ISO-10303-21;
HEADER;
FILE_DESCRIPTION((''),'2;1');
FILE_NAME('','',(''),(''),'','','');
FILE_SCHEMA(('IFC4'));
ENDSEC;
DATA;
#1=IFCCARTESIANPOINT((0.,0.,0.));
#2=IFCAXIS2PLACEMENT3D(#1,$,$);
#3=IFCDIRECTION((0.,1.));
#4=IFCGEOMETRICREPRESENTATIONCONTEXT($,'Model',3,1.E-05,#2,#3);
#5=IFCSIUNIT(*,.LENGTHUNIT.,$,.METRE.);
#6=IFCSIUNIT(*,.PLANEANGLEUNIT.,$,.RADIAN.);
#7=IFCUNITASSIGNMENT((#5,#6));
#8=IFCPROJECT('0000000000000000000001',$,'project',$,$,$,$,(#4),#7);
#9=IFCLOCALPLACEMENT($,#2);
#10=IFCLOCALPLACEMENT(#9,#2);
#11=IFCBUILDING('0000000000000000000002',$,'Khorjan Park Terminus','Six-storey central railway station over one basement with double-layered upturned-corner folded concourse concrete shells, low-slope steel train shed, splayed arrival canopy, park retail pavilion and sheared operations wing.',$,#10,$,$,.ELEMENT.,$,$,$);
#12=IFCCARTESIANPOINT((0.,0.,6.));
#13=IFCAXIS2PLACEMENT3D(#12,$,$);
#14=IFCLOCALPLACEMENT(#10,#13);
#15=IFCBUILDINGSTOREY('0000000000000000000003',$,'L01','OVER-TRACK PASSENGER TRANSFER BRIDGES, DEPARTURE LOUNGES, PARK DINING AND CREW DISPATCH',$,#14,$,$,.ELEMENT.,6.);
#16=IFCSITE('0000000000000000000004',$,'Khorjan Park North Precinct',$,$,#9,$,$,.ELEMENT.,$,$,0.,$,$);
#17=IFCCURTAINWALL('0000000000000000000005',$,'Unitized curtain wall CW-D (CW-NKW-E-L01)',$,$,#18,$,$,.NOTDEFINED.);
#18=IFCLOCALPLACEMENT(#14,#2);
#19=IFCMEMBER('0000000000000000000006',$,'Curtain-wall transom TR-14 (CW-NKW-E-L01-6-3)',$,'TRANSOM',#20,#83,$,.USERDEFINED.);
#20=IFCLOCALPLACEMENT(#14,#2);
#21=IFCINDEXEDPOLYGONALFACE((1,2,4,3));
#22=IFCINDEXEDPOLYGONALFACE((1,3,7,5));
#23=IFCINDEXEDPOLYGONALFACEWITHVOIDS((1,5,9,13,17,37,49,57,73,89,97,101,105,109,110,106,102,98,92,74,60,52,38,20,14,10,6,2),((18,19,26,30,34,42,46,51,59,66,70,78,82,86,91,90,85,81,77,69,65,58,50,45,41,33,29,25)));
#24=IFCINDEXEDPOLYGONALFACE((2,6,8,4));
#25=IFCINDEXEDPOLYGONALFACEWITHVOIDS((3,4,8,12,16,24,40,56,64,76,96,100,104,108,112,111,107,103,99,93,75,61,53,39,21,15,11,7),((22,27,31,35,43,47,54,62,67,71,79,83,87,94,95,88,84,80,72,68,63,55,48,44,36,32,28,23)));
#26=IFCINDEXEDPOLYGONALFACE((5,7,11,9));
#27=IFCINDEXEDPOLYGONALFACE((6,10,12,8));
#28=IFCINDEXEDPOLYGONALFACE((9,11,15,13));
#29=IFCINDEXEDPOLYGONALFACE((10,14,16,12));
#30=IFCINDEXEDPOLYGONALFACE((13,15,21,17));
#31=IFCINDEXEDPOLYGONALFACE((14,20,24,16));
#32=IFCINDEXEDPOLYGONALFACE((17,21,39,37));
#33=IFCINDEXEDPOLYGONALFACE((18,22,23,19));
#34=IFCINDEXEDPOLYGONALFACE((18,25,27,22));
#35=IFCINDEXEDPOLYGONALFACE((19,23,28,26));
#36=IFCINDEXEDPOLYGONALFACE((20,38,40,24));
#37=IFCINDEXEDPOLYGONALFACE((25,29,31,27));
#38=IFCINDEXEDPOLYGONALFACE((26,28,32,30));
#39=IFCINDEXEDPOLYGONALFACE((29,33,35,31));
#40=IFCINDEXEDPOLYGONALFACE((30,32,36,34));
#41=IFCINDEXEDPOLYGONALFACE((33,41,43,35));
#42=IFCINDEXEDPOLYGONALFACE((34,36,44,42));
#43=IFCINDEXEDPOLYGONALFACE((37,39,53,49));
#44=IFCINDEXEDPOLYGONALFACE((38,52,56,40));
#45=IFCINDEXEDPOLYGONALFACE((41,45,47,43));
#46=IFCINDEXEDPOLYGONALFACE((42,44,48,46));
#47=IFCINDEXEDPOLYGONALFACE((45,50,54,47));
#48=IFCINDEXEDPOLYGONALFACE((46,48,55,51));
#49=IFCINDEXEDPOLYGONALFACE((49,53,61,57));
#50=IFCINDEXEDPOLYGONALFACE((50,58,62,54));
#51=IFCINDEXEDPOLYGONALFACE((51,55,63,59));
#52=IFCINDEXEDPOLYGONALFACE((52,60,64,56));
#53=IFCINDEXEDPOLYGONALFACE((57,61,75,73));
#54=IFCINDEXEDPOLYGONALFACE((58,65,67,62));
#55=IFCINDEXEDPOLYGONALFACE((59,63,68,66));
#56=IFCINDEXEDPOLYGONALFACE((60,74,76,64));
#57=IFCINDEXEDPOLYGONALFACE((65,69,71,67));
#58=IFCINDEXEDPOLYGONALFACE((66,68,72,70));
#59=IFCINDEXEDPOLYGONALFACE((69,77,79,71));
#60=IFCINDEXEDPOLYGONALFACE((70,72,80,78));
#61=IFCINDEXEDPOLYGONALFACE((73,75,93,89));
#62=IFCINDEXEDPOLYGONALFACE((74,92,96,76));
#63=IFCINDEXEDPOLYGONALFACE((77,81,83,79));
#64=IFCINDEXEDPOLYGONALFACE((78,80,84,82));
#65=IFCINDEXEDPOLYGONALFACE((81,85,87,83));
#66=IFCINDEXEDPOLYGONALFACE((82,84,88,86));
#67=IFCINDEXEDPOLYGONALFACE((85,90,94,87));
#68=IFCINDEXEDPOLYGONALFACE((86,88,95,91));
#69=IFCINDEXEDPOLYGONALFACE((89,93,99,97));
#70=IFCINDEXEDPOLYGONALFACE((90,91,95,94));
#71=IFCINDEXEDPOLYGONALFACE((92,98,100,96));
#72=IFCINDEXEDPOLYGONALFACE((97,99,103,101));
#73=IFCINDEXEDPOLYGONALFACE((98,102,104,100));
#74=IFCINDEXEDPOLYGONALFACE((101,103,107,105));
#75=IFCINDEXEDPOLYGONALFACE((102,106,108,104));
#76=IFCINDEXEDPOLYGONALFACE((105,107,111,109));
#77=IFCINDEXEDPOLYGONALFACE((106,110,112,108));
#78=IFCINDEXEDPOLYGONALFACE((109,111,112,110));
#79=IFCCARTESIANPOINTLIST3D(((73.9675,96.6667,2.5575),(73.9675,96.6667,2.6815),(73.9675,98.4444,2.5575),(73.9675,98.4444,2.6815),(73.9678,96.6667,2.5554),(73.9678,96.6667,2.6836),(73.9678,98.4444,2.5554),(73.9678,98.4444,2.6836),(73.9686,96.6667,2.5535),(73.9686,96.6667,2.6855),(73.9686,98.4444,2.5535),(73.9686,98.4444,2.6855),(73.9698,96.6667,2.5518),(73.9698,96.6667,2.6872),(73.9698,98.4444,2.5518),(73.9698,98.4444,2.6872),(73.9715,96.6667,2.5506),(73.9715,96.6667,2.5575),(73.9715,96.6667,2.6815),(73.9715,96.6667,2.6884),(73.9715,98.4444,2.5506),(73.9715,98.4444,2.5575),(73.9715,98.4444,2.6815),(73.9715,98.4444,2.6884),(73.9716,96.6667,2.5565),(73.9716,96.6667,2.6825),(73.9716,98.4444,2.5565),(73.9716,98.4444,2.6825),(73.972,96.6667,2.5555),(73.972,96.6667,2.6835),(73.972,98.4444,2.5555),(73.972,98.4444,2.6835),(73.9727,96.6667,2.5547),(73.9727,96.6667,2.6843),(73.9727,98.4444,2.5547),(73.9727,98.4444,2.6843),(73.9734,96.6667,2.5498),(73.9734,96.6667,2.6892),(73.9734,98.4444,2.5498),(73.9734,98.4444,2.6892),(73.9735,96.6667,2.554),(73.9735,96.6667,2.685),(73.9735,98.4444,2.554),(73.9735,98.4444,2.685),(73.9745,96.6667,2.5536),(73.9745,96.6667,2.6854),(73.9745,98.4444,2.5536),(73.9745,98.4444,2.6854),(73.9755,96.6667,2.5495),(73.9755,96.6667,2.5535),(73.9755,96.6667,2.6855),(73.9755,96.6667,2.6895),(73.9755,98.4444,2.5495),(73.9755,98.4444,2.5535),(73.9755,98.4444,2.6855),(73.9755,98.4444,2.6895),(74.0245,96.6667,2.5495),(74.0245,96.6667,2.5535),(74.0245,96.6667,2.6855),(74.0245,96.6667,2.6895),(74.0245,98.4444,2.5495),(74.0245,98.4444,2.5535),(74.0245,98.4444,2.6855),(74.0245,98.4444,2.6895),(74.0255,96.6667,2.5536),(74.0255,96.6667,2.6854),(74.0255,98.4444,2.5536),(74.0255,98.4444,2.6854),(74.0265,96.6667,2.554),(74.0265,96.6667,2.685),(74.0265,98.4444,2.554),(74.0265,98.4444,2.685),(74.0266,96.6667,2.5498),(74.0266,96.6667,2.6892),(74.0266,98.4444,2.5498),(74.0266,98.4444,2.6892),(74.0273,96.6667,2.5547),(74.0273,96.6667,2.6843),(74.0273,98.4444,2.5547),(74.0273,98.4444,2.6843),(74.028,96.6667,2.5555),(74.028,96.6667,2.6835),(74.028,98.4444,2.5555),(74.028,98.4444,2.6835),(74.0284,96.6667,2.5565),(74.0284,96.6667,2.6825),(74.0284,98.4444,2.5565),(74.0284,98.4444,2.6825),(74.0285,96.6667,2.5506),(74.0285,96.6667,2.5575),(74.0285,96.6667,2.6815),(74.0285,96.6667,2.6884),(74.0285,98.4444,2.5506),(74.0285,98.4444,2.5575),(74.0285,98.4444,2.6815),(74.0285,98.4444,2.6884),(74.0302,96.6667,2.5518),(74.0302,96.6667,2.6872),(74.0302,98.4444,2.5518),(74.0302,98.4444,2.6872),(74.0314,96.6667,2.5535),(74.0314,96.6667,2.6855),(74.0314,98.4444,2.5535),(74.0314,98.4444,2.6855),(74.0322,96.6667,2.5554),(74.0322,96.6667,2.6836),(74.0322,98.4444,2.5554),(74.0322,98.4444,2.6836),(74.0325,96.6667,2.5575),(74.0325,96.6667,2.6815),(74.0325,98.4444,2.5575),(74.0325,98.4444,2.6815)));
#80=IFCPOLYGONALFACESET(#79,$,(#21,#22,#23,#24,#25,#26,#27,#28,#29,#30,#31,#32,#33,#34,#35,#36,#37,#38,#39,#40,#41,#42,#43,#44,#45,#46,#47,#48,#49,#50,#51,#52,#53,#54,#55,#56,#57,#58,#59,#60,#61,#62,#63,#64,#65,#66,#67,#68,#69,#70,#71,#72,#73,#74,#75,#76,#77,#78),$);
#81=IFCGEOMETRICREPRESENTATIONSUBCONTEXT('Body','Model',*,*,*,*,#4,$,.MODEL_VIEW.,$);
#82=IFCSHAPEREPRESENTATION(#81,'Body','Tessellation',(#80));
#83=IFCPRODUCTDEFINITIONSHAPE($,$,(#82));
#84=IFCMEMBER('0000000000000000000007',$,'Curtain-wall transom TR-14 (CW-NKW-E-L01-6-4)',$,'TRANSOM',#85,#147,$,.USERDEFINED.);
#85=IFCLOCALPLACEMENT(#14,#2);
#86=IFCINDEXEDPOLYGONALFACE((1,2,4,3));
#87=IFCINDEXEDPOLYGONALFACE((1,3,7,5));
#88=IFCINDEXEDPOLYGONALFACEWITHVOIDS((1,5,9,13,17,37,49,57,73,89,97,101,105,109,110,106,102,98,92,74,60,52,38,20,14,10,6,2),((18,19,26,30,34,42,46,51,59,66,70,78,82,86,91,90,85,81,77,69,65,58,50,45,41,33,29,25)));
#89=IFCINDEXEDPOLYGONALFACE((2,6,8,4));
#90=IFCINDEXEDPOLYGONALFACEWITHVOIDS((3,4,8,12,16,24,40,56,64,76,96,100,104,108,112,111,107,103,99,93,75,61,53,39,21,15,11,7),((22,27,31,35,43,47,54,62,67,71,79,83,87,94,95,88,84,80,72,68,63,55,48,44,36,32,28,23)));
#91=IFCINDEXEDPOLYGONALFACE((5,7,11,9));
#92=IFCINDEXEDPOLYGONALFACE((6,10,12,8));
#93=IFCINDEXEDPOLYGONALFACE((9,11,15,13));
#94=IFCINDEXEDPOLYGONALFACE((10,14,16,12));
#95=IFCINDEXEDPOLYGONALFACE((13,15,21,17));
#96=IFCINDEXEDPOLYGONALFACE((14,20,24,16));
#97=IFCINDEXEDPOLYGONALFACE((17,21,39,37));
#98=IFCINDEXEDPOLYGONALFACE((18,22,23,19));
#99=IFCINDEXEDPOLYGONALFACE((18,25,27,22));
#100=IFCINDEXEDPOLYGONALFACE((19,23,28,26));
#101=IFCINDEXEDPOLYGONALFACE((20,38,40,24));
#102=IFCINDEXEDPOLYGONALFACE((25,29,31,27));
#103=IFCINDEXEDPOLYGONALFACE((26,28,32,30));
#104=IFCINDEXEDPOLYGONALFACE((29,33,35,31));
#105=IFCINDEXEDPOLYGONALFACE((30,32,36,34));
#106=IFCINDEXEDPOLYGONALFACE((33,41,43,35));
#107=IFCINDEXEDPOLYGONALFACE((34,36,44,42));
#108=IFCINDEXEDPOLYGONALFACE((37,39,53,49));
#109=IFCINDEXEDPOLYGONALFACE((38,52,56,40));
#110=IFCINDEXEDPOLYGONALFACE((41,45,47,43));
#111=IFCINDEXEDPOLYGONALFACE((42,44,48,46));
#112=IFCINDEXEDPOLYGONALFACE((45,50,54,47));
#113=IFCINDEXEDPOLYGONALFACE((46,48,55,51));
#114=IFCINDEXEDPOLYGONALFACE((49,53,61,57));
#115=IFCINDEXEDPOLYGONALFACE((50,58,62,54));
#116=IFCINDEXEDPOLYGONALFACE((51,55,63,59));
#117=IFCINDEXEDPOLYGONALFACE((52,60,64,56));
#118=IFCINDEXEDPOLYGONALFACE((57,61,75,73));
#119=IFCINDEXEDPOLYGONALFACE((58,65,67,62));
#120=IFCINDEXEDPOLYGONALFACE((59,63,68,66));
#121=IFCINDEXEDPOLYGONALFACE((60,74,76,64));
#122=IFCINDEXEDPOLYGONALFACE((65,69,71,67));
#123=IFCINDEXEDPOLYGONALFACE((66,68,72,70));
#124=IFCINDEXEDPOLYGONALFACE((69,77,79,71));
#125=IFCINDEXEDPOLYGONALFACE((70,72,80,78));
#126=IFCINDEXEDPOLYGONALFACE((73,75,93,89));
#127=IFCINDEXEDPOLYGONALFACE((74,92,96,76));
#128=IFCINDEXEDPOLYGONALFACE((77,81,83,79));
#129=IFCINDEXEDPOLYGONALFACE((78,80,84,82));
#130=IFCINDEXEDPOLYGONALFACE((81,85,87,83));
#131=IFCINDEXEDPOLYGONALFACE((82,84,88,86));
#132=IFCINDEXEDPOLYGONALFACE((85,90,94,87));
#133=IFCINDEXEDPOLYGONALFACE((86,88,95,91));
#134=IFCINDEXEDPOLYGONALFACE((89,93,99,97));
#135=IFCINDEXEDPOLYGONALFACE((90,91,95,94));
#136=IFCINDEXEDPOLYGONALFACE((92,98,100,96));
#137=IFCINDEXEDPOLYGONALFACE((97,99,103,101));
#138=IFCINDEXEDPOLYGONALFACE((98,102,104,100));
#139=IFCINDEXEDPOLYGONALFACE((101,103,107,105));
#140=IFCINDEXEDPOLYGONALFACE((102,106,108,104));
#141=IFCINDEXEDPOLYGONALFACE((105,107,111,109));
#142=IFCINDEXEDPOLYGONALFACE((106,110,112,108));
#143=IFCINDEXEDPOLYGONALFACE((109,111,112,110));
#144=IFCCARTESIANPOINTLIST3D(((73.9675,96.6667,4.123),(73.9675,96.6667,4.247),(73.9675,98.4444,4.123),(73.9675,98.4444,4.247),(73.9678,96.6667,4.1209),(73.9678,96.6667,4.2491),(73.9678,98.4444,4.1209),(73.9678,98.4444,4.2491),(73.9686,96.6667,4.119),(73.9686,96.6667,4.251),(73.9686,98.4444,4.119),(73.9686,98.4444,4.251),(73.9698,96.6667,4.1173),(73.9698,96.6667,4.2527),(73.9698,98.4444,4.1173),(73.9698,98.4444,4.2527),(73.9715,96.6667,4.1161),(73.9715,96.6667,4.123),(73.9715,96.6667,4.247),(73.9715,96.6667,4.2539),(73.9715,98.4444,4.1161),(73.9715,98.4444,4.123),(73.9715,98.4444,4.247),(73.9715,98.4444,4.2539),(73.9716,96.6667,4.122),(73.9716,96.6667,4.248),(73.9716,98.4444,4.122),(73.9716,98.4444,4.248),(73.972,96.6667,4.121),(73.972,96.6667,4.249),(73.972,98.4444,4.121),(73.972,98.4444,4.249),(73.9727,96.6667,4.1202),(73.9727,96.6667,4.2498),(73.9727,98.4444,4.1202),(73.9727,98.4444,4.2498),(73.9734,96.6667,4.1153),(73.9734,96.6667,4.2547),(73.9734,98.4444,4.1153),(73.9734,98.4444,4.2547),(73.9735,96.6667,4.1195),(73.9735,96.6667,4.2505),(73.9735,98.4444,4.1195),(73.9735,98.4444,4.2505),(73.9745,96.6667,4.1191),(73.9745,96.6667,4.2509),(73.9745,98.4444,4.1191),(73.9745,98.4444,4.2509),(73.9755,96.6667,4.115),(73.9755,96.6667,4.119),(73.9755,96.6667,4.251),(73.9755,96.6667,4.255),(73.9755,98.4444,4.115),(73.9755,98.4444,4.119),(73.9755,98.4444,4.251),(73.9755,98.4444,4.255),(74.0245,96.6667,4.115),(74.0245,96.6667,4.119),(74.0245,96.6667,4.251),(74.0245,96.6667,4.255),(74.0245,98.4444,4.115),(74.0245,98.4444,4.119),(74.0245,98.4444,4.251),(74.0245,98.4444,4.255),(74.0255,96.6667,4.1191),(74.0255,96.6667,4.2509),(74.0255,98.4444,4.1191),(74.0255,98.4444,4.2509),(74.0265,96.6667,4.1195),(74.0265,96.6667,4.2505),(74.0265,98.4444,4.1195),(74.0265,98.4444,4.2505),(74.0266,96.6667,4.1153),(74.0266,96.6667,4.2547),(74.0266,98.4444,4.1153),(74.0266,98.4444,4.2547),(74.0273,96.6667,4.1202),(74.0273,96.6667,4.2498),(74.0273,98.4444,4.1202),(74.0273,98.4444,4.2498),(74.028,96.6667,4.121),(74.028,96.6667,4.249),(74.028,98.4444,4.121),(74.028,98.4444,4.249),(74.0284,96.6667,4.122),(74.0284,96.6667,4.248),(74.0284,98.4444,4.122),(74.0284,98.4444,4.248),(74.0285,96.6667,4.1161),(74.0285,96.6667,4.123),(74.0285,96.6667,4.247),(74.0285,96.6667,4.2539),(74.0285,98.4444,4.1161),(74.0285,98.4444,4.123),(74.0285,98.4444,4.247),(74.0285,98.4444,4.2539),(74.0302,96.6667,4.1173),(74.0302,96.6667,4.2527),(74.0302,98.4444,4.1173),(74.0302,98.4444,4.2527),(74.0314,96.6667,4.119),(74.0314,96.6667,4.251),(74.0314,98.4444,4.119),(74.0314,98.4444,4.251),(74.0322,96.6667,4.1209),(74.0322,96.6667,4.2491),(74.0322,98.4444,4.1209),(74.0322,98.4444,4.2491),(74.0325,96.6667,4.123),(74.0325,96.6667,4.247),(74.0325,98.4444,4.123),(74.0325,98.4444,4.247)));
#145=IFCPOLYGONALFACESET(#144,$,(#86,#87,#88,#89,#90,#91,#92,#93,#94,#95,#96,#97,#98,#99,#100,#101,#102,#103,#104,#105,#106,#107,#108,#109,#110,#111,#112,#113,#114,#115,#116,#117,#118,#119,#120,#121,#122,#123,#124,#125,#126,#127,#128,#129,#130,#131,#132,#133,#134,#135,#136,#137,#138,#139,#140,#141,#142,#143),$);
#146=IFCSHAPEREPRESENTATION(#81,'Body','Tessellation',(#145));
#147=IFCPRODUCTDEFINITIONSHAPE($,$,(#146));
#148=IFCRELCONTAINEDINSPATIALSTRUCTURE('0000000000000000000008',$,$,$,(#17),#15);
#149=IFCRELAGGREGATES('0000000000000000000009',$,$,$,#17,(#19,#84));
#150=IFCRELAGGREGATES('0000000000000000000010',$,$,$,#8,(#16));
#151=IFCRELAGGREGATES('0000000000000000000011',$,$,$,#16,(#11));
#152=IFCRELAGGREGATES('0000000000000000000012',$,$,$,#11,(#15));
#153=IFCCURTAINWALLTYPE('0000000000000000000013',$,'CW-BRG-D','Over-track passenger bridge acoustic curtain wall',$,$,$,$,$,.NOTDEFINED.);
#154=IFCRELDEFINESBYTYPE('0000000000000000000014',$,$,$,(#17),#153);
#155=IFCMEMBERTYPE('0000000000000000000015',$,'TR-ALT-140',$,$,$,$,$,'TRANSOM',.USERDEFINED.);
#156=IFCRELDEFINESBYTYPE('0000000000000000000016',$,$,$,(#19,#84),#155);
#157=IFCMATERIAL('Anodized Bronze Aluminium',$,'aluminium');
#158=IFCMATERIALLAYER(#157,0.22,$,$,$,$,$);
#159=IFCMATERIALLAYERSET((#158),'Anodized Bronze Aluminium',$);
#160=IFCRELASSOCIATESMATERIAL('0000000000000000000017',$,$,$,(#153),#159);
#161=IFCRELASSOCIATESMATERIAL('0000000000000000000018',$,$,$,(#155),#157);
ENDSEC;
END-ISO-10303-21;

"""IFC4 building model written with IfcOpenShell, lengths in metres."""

from ifc_helpers import new_model, si_unit, direction, frame, origin, origin_2d, place, context, subcontext, project, spatial, hollow_rectangle, extrude, material, layer, layer_set, material_profile, profile_set, type_object, element, aggregate, save


model = new_model("IFC4")

# Units and contexts
model_context = context("Model", 3, precision=1e-05, world=origin(), true_north=direction((0.0, 1.0)))
body_context = subcontext(model_context, "Body", "Model", "MODEL_VIEW")
ifc_project = project(units=[si_unit("LENGTHUNIT", "METRE"), si_unit("PLANEANGLEUNIT", "RADIAN")], contexts=[model_context])

# Site, building, storey
site_placement = place(None, origin())
site = spatial("IfcSite", under=ifc_project, at=site_placement, Name="Khorjan Park North Precinct", CompositionType="ELEMENT", RefElevation=0.0)
building_placement = place(site_placement, origin())
building = spatial("IfcBuilding", under=site, at=building_placement, Name="Khorjan Park Terminus", Description="Six-storey central railway station over one basement with double-layered upturned-corner folded concourse concrete shells, low-slope steel train shed, splayed arrival canopy, park retail pavilion and sheared operations wing.", CompositionType="ELEMENT")
storey_placement = place(building_placement, frame((0.0, 0.0, 6.0)))
storey = spatial("IfcBuildingStorey", under=building, at=storey_placement, Name="L01", Description="OVER-TRACK PASSENGER TRANSFER BRIDGES, DEPARTURE LOUNGES, PARK DINING AND CREW DISPATCH", CompositionType="ELEMENT", Elevation=6.0)

# Curtain wall, members
ifc_material_1 = material(Name="Anodized Bronze Aluminium", Category="aluminium")
ifc_layer_1 = layer(ifc_material_1, 0.22)
ifc_layer_set_1 = layer_set([ifc_layer_1], Name="Anodized Bronze Aluminium")
curtain_wall_type = type_object("IfcCurtainWallType", Name="CW-BRG-D", Description="Over-track passenger bridge acoustic curtain wall", PredefinedType="NOTDEFINED", material=ifc_layer_set_1)
curtain_wall_placement = place(storey_placement, origin())
curtain_wall = element("IfcCurtainWall", 1, at=curtain_wall_placement, inside=storey, type_object=curtain_wall_type, Name="Unitized curtain wall CW-D (CW-NKW-E-L01)", PredefinedType="NOTDEFINED")
ifc_material_profile_1 = material_profile(ifc_material_1, hollow_rectangle(XDim=0.065, YDim=0.14, WallThickness=0.004, InnerFilletRadius=0.004, OuterFilletRadius=0.008, at=origin_2d()), Name="ALT 65x140x4")
ifc_profile_set_1 = profile_set([ifc_material_profile_1], Name="Anodized Bronze Aluminium")
member_type_1 = type_object("IfcMemberType", Name="TR-ALT-140", ElementType="TRANSOM", PredefinedType="USERDEFINED", material=ifc_profile_set_1)
member_1_placement = place(storey_placement, frame((74.0, 96.6667, 2.6195), z_axis=(0.0, 1.0, 0.0), x_axis=(-1.0, 0.0, 0.0)))
member_1 = element("IfcMember", 2, at=member_1_placement, type_object=member_type_1, Name="Curtain-wall transom TR-14 (CW-NKW-E-L01-6-3)", ObjectType="TRANSOM", PredefinedType="USERDEFINED", context=body_context, shape_type="SweptSolid", body=[
    extrude(hollow_rectangle(XDim=0.065, YDim=0.14, WallThickness=0.004, InnerFilletRadius=0.004, OuterFilletRadius=0.008, at=origin_2d()), origin(), (0.0, 0.0, 1.0), 1.7777),
])
member_2_placement = place(storey_placement, frame((74.0, 96.6667, 4.185), z_axis=(0.0, 1.0, 0.0), x_axis=(-1.0, 0.0, 0.0)))
member_2 = element("IfcMember", 3, at=member_2_placement, type_object=member_type_1, Name="Curtain-wall transom TR-14 (CW-NKW-E-L01-6-4)", ObjectType="TRANSOM", PredefinedType="USERDEFINED", context=body_context, shape_type="SweptSolid", body=[
    extrude(hollow_rectangle(XDim=0.065, YDim=0.14, WallThickness=0.004, InnerFilletRadius=0.004, OuterFilletRadius=0.008, at=origin_2d()), origin(), (0.0, 0.0, 1.0), 1.7777),
])
aggregate(curtain_wall, [member_1, member_2])

save(model, "model.ifc")
